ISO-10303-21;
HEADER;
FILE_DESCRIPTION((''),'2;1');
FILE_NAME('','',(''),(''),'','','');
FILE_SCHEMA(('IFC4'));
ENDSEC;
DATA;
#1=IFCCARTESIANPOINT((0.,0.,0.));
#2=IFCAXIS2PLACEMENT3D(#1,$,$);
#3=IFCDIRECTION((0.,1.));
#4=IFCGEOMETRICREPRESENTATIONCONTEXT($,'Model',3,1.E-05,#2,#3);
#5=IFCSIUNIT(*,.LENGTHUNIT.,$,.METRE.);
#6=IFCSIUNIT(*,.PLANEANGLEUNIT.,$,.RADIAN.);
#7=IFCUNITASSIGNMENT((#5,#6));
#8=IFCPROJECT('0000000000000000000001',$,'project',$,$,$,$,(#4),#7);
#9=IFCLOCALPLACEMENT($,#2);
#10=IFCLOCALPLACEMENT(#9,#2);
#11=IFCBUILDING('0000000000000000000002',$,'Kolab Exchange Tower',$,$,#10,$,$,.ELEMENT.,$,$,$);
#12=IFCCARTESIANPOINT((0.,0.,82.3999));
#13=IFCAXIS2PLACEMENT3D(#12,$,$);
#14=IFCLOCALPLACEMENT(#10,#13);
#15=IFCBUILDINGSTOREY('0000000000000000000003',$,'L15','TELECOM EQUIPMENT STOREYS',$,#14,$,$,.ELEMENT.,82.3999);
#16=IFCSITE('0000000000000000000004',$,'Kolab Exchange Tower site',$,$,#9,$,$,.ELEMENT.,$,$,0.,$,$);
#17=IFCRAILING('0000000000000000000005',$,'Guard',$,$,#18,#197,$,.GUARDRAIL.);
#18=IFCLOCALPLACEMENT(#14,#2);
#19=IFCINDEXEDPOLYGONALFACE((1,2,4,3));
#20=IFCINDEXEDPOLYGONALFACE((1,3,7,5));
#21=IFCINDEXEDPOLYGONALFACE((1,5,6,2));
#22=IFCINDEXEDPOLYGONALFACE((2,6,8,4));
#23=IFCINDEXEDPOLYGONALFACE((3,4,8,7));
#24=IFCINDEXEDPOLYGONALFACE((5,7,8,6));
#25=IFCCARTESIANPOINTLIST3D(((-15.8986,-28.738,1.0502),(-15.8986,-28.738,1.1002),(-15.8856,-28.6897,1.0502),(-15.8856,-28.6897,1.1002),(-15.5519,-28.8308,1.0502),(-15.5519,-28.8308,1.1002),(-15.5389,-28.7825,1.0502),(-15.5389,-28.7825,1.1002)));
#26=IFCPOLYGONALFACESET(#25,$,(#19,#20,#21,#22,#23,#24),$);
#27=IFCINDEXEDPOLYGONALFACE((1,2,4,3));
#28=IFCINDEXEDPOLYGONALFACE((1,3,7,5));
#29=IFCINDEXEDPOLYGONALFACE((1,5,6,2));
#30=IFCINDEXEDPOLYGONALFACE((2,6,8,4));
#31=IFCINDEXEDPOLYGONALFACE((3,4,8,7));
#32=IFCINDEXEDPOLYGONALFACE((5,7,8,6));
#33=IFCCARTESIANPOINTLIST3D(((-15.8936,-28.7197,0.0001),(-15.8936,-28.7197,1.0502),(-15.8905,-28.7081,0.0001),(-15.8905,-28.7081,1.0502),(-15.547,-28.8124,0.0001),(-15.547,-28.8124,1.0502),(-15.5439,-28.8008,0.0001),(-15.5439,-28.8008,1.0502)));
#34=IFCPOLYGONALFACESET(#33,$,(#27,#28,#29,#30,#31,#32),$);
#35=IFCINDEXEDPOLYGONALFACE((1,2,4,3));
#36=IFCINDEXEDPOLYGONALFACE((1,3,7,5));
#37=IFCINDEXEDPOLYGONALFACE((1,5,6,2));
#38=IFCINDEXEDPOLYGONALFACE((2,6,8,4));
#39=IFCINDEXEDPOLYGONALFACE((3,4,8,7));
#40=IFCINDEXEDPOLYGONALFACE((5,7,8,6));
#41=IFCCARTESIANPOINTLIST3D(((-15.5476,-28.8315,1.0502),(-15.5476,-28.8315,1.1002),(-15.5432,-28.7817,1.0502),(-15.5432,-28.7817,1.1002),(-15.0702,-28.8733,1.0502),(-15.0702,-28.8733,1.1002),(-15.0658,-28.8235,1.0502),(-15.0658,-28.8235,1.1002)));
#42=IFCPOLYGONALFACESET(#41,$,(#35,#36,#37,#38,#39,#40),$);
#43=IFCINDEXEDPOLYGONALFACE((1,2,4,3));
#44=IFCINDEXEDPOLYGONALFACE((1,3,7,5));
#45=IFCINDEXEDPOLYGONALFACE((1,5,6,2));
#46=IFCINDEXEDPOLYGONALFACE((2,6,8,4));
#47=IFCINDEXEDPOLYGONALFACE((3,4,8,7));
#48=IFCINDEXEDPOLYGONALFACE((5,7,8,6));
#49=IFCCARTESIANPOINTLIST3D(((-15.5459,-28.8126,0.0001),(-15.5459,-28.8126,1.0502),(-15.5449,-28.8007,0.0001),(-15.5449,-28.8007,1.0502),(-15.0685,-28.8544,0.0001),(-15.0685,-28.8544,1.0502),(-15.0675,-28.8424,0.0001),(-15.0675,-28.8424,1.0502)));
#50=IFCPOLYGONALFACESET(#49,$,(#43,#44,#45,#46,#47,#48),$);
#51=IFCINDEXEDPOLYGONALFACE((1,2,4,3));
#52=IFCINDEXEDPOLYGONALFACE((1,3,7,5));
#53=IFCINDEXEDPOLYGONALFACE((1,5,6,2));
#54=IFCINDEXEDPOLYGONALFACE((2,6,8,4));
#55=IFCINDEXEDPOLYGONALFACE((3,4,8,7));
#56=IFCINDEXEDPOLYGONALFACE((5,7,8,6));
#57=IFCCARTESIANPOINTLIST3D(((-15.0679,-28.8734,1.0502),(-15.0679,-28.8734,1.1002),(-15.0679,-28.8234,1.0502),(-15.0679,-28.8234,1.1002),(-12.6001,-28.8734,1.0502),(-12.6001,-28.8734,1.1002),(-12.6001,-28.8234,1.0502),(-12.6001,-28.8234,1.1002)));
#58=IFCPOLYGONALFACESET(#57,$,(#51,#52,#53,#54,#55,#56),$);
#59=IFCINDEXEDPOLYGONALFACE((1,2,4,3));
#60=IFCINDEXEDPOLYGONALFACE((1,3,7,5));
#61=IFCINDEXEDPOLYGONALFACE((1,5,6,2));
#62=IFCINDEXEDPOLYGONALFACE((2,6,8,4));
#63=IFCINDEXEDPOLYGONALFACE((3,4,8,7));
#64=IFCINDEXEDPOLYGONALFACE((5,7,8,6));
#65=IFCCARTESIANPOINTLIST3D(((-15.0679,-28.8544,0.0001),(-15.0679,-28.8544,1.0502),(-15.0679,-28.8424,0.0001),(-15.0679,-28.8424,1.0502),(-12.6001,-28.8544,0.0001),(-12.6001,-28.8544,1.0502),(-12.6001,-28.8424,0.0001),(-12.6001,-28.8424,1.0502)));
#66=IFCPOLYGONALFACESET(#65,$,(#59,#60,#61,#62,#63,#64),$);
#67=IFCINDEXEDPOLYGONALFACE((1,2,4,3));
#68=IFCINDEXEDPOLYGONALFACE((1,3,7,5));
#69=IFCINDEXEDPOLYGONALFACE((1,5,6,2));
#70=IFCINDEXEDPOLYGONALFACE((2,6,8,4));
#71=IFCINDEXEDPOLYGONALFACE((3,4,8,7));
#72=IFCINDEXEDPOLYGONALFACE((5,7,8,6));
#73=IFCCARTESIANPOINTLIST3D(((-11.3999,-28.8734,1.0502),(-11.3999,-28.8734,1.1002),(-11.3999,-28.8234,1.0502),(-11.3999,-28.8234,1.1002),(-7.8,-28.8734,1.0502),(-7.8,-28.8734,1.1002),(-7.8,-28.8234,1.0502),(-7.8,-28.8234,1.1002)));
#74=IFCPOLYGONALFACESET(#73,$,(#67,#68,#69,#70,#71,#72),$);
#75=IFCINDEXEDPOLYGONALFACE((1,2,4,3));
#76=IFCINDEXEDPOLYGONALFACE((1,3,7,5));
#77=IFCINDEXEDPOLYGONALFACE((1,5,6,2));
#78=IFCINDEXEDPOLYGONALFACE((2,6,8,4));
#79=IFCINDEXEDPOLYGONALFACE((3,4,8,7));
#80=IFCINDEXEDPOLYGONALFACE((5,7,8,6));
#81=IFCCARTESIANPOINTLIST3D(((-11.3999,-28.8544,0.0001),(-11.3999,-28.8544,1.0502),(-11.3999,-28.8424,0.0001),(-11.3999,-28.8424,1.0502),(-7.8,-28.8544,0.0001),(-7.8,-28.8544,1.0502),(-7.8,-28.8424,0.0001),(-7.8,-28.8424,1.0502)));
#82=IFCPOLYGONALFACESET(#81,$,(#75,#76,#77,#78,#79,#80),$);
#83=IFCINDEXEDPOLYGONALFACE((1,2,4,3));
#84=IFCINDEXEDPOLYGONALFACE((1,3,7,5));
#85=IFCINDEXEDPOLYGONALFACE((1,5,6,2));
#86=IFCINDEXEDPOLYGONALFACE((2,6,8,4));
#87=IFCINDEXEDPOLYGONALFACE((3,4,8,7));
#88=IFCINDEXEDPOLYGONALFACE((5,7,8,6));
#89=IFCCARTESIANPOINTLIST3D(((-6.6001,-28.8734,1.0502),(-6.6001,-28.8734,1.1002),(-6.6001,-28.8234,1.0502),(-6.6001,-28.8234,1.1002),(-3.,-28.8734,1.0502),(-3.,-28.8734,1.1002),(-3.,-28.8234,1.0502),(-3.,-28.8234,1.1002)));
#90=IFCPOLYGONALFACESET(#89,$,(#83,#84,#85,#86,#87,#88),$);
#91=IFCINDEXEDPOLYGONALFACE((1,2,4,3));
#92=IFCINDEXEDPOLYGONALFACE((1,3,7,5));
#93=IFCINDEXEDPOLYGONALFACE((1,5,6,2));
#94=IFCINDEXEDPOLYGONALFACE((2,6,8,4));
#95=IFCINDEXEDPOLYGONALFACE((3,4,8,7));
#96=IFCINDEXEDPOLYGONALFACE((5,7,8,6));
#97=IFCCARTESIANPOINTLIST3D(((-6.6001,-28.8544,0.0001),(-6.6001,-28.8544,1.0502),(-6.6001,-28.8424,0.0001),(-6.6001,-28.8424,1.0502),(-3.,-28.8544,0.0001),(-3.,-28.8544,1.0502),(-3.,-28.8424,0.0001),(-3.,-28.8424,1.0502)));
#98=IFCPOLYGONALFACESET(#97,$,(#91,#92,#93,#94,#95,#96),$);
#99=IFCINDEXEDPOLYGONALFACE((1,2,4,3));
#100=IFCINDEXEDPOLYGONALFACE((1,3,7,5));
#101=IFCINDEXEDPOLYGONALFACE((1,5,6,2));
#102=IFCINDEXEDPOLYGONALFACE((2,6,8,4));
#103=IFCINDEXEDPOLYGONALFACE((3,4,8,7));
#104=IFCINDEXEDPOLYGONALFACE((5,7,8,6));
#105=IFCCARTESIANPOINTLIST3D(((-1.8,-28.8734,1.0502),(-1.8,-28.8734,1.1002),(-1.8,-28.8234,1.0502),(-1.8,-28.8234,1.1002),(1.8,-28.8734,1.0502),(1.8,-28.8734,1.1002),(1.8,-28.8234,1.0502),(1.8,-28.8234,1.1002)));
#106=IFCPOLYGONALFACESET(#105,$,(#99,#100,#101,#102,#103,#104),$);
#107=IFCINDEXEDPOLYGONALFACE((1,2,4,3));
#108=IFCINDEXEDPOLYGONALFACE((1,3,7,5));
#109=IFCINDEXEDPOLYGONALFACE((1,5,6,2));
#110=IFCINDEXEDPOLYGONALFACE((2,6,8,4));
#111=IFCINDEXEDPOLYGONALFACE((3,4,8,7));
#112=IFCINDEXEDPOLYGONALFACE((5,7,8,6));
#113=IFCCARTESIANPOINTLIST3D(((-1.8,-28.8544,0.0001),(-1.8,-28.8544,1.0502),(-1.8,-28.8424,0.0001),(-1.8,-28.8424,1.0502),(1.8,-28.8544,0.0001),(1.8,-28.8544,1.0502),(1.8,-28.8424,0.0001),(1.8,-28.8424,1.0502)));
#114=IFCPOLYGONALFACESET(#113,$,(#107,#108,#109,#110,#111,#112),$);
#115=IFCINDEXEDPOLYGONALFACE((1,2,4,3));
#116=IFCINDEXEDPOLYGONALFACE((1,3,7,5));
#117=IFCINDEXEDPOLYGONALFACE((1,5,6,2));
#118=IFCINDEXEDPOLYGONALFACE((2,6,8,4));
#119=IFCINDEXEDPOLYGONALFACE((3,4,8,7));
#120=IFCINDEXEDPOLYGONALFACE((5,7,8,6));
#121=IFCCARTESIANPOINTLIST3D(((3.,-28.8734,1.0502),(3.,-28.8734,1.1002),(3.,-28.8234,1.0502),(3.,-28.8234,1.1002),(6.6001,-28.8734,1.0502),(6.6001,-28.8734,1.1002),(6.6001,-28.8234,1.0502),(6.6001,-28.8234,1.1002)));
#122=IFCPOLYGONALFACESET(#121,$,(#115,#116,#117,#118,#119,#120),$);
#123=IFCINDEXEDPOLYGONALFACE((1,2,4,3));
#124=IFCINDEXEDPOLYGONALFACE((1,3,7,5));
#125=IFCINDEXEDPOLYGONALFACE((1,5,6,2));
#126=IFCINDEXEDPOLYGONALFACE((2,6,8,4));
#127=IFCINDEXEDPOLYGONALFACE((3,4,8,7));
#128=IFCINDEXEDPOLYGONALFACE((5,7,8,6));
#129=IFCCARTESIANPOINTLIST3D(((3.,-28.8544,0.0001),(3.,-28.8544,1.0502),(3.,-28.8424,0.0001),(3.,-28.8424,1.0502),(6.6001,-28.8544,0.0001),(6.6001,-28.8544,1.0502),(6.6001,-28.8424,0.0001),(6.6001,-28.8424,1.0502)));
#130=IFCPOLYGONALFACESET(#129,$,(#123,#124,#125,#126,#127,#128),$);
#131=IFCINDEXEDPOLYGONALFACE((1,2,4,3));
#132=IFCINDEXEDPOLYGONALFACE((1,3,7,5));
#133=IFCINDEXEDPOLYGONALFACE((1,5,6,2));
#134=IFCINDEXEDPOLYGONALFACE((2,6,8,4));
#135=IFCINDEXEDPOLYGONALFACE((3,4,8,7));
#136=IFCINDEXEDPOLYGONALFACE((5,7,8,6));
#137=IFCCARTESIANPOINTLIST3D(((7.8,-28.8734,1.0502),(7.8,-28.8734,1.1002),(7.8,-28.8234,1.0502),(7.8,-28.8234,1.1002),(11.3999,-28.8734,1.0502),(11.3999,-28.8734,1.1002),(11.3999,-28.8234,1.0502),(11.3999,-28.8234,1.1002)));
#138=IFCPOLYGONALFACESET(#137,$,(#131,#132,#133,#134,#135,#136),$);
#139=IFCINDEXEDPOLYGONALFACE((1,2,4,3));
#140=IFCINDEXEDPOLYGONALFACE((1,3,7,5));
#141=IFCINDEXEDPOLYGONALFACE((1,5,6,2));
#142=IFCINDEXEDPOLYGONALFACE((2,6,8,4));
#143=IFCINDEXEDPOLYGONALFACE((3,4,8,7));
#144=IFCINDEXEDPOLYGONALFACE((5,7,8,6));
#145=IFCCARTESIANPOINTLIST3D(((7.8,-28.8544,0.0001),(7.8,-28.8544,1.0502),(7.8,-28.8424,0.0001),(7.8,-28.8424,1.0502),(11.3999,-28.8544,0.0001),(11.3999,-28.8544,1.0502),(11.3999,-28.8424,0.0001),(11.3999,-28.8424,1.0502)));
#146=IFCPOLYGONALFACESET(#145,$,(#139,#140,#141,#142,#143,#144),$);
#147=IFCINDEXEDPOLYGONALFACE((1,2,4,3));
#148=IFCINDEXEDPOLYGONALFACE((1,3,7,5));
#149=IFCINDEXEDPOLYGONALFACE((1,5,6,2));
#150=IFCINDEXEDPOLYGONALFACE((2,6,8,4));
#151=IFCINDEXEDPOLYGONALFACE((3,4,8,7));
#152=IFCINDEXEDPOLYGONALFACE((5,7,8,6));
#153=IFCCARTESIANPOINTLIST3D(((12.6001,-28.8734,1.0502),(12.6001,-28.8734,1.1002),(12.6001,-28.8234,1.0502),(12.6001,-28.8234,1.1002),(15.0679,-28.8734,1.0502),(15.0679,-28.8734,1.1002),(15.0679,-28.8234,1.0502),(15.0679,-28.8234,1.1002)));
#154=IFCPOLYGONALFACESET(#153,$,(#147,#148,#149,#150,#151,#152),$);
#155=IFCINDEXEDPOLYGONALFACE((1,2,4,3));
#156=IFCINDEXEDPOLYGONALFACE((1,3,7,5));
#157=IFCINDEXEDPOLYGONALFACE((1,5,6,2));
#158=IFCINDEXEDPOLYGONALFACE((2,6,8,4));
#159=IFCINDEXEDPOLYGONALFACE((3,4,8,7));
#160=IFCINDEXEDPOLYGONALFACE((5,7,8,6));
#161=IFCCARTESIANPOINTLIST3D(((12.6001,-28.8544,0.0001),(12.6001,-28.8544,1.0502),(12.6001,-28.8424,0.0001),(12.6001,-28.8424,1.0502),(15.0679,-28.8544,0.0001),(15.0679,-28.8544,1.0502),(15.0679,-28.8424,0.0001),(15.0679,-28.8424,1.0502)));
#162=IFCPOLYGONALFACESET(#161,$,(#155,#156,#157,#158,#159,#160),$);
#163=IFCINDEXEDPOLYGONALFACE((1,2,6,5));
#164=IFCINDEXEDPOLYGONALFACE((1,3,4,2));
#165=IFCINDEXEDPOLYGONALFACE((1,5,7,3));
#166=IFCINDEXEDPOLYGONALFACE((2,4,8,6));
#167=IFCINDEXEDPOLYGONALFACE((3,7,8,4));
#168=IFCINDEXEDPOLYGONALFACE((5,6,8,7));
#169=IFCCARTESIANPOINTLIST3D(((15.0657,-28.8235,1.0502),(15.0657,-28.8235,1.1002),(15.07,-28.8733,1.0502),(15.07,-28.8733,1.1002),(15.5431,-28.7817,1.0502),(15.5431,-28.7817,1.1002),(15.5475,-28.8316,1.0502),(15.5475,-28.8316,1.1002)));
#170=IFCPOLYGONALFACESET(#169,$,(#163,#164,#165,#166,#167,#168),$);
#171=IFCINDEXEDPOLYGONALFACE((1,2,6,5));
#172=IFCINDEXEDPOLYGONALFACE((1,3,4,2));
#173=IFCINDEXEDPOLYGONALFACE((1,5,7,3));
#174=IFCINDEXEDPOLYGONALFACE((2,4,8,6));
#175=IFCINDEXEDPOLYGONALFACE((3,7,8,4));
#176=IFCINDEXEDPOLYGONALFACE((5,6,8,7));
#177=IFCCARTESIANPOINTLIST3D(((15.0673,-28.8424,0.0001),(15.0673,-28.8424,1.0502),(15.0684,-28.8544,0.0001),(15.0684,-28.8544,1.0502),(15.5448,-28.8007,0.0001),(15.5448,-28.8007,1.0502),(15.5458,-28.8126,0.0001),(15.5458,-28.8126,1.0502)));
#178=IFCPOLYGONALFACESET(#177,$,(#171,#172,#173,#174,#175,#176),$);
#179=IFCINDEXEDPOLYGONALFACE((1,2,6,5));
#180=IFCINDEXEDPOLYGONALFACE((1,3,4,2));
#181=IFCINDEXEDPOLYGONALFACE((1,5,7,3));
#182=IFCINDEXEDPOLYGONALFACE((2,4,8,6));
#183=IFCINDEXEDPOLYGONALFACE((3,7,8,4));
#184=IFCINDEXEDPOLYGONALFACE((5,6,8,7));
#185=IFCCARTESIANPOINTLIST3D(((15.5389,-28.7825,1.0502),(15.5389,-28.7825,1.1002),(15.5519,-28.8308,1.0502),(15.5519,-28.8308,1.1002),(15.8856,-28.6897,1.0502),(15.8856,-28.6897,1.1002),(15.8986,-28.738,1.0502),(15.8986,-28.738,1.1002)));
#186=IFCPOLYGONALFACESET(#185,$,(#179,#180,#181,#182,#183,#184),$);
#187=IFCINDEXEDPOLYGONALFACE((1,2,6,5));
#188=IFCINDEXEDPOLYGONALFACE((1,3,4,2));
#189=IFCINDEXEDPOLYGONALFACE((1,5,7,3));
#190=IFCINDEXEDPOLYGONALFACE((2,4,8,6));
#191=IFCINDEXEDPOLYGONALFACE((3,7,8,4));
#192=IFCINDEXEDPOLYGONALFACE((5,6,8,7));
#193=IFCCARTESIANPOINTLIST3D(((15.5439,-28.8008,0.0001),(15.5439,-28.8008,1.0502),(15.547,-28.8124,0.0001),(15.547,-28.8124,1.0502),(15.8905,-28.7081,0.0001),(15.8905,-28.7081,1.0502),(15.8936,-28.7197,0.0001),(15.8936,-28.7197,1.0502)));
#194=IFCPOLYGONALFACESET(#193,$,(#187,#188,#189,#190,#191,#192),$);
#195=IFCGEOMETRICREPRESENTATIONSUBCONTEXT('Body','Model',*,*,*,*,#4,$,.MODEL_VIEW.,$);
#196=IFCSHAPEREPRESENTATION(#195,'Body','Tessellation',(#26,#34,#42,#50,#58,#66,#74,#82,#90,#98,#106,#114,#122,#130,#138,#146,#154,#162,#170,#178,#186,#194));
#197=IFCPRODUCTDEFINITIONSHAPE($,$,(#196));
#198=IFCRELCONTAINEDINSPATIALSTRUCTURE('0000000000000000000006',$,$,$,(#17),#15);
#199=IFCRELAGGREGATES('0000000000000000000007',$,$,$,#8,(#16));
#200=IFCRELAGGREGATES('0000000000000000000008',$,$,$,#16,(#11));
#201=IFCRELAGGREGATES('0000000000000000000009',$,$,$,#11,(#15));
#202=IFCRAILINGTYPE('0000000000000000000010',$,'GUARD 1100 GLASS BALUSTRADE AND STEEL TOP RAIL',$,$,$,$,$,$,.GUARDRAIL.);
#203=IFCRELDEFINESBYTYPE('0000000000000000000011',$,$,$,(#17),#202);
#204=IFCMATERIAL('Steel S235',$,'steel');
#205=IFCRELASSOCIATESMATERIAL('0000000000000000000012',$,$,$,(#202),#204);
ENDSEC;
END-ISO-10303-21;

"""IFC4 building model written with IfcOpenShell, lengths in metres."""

from ifc_helpers import new_model, si_unit, direction, frame, frame_2d, origin, origin_2d, place, context, subcontext, project, spatial, rectangle, extrude, material, type_object, element, save


model = new_model("IFC4")

# Units and contexts
model_context = context("Model", 3, precision=1e-05, world=origin(), true_north=direction((0.0, 1.0)))
body_context = subcontext(model_context, "Body", "Model", "MODEL_VIEW")
ifc_project = project(units=[si_unit("LENGTHUNIT", "METRE"), si_unit("PLANEANGLEUNIT", "RADIAN")], contexts=[model_context])

# Site, building, storey
site_placement = place(None, origin())
site = spatial("IfcSite", under=ifc_project, at=site_placement, Name="Kolab Exchange Tower site", CompositionType="ELEMENT", RefElevation=0.0)
building_placement = place(site_placement, origin())
building = spatial("IfcBuilding", under=site, at=building_placement, Name="Kolab Exchange Tower", CompositionType="ELEMENT")
storey_placement = place(building_placement, frame((0.0, 0.0, 82.3999)))
storey = spatial("IfcBuildingStorey", under=building, at=storey_placement, Name="L15", Description="TELECOM EQUIPMENT STOREYS", CompositionType="ELEMENT", Elevation=82.3999)

# Railing
ifc_material_1 = material(Name="Steel S235", Category="steel")
railing_type = type_object("IfcRailingType", Name="GUARD 1100 GLASS BALUSTRADE AND STEEL TOP RAIL", PredefinedType="GUARDRAIL", material=ifc_material_1)
railing_placement = place(storey_placement, frame((-15.8921, -28.7139, 0.0)))
element("IfcRailing", 1, at=railing_placement, inside=storey, type_object=railing_type, Name="Guard", PredefinedType="GUARDRAIL", context=body_context, shape_type="SweptSolid", body=[
    extrude(rectangle(XDim=0.05, YDim=0.05, at=origin_2d()), frame((0.0, 0.0, 1.0752), z_axis=(0.966009, -0.258509, 0.0), x_axis=(0.258509, 0.966009, 0.0)), (0.0, 0.0, 1.0), 0.3589),
    extrude(rectangle(XDim=0.012, YDim=1.0501, at=frame_2d((0.0, 0.5251))), frame((0.0, 0.0, 0.0), z_axis=(0.966009, -0.258509, 0.0), x_axis=(0.258509, 0.966009, 0.0)), (0.0, 0.0, 1.0), 0.3589),
    extrude(rectangle(XDim=0.05, YDim=0.05, at=origin_2d()), frame((0.3467, -0.0928, 1.0752), z_axis=(0.9962, -0.087091, 0.0), x_axis=(0.087091, 0.9962, 0.0)), (0.0, 0.0, 1.0), 0.4792),
    extrude(rectangle(XDim=0.012, YDim=1.0501, at=frame_2d((0.0, 0.5251))), frame((0.3467, -0.0928, 0.0), z_axis=(0.9962, -0.087091, 0.0), x_axis=(0.087091, 0.9962, 0.0)), (0.0, 0.0, 1.0), 0.4792),
    extrude(rectangle(XDim=0.05, YDim=0.05, at=origin_2d()), frame((0.8242, -0.1345, 1.0752), z_axis=(1.0, 0.0, 0.0), x_axis=(0.0, 1.0, 0.0)), (0.0, 0.0, 1.0), 2.4678),
    extrude(rectangle(XDim=0.012, YDim=1.0501, at=frame_2d((0.0, 0.5251))), frame((0.8242, -0.1345, 0.0), z_axis=(1.0, 0.0, 0.0), x_axis=(0.0, 1.0, 0.0)), (0.0, 0.0, 1.0), 2.4678),
    extrude(rectangle(XDim=0.05, YDim=0.05, at=origin_2d()), frame((4.4922, -0.1345, 1.0752), z_axis=(1.0, 0.0, 0.0), x_axis=(0.0, 1.0, 0.0)), (0.0, 0.0, 1.0), 3.5999),
    extrude(rectangle(XDim=0.012, YDim=1.0501, at=frame_2d((0.0, 0.5251))), frame((4.4922, -0.1345, 0.0), z_axis=(1.0, 0.0, 0.0), x_axis=(0.0, 1.0, 0.0)), (0.0, 0.0, 1.0), 3.5999),
    extrude(rectangle(XDim=0.05, YDim=0.05, at=origin_2d()), frame((9.292, -0.1345, 1.0752), z_axis=(1.0, 0.0, 0.0), x_axis=(0.0, 1.0, 0.0)), (0.0, 0.0, 1.0), 3.6001),
    extrude(rectangle(XDim=0.012, YDim=1.0501, at=frame_2d((0.0, 0.5251))), frame((9.292, -0.1345, 0.0), z_axis=(1.0, 0.0, 0.0), x_axis=(0.0, 1.0, 0.0)), (0.0, 0.0, 1.0), 3.6001),
    extrude(rectangle(XDim=0.05, YDim=0.05, at=origin_2d()), frame((14.092, -0.1345, 1.0752), z_axis=(1.0, 0.0, 0.0), x_axis=(0.0, 1.0, 0.0)), (0.0, 0.0, 1.0), 3.6001),
    extrude(rectangle(XDim=0.012, YDim=1.0501, at=frame_2d((0.0, 0.5251))), frame((14.092, -0.1345, 0.0), z_axis=(1.0, 0.0, 0.0), x_axis=(0.0, 1.0, 0.0)), (0.0, 0.0, 1.0), 3.6001),
    extrude(rectangle(XDim=0.05, YDim=0.05, at=origin_2d()), frame((18.8921, -0.1345, 1.0752), z_axis=(1.0, 0.0, 0.0), x_axis=(0.0, 1.0, 0.0)), (0.0, 0.0, 1.0), 3.6001),
    extrude(rectangle(XDim=0.012, YDim=1.0501, at=frame_2d((0.0, 0.5251))), frame((18.8921, -0.1345, 0.0), z_axis=(1.0, 0.0, 0.0), x_axis=(0.0, 1.0, 0.0)), (0.0, 0.0, 1.0), 3.6001),
    extrude(rectangle(XDim=0.05, YDim=0.05, at=origin_2d()), frame((23.6921, -0.1345, 1.0752), z_axis=(1.0, 0.0, 0.0), x_axis=(0.0, 1.0, 0.0)), (0.0, 0.0, 1.0), 3.5999),
    extrude(rectangle(XDim=0.012, YDim=1.0501, at=frame_2d((0.0, 0.5251))), frame((23.6921, -0.1345, 0.0), z_axis=(1.0, 0.0, 0.0), x_axis=(0.0, 1.0, 0.0)), (0.0, 0.0, 1.0), 3.5999),
    extrude(rectangle(XDim=0.05, YDim=0.05, at=origin_2d()), frame((28.4922, -0.1345, 1.0752), z_axis=(1.0, 0.0, 0.0), x_axis=(0.0, 1.0, 0.0)), (0.0, 0.0, 1.0), 2.4678),
    extrude(rectangle(XDim=0.012, YDim=1.0501, at=frame_2d((0.0, 0.5251))), frame((28.4922, -0.1345, 0.0), z_axis=(1.0, 0.0, 0.0), x_axis=(0.0, 1.0, 0.0)), (0.0, 0.0, 1.0), 2.4678),
    extrude(rectangle(XDim=0.05, YDim=0.05, at=origin_2d()), frame((30.96, -0.1345, 1.0752), z_axis=(0.9962, 0.087091, 0.0), x_axis=(-0.087091, 0.9962, 0.0)), (0.0, 0.0, 1.0), 0.4792),
    extrude(rectangle(XDim=0.012, YDim=1.0501, at=frame_2d((0.0, 0.5251))), frame((30.96, -0.1345, 0.0), z_axis=(0.9962, 0.087091, 0.0), x_axis=(-0.087091, 0.9962, 0.0)), (0.0, 0.0, 1.0), 0.4792),
    extrude(rectangle(XDim=0.05, YDim=0.05, at=origin_2d()), frame((31.4375, -0.0928, 1.0752), z_axis=(0.966009, 0.258509, 0.0), x_axis=(-0.258509, 0.966009, 0.0)), (0.0, 0.0, 1.0), 0.3589),
    extrude(rectangle(XDim=0.012, YDim=1.0501, at=frame_2d((0.0, 0.5251))), frame((31.4375, -0.0928, 0.0), z_axis=(0.966009, 0.258509, 0.0), x_axis=(-0.258509, 0.966009, 0.0)), (0.0, 0.0, 1.0), 0.3589),
])

save(model, "model.ifc")
